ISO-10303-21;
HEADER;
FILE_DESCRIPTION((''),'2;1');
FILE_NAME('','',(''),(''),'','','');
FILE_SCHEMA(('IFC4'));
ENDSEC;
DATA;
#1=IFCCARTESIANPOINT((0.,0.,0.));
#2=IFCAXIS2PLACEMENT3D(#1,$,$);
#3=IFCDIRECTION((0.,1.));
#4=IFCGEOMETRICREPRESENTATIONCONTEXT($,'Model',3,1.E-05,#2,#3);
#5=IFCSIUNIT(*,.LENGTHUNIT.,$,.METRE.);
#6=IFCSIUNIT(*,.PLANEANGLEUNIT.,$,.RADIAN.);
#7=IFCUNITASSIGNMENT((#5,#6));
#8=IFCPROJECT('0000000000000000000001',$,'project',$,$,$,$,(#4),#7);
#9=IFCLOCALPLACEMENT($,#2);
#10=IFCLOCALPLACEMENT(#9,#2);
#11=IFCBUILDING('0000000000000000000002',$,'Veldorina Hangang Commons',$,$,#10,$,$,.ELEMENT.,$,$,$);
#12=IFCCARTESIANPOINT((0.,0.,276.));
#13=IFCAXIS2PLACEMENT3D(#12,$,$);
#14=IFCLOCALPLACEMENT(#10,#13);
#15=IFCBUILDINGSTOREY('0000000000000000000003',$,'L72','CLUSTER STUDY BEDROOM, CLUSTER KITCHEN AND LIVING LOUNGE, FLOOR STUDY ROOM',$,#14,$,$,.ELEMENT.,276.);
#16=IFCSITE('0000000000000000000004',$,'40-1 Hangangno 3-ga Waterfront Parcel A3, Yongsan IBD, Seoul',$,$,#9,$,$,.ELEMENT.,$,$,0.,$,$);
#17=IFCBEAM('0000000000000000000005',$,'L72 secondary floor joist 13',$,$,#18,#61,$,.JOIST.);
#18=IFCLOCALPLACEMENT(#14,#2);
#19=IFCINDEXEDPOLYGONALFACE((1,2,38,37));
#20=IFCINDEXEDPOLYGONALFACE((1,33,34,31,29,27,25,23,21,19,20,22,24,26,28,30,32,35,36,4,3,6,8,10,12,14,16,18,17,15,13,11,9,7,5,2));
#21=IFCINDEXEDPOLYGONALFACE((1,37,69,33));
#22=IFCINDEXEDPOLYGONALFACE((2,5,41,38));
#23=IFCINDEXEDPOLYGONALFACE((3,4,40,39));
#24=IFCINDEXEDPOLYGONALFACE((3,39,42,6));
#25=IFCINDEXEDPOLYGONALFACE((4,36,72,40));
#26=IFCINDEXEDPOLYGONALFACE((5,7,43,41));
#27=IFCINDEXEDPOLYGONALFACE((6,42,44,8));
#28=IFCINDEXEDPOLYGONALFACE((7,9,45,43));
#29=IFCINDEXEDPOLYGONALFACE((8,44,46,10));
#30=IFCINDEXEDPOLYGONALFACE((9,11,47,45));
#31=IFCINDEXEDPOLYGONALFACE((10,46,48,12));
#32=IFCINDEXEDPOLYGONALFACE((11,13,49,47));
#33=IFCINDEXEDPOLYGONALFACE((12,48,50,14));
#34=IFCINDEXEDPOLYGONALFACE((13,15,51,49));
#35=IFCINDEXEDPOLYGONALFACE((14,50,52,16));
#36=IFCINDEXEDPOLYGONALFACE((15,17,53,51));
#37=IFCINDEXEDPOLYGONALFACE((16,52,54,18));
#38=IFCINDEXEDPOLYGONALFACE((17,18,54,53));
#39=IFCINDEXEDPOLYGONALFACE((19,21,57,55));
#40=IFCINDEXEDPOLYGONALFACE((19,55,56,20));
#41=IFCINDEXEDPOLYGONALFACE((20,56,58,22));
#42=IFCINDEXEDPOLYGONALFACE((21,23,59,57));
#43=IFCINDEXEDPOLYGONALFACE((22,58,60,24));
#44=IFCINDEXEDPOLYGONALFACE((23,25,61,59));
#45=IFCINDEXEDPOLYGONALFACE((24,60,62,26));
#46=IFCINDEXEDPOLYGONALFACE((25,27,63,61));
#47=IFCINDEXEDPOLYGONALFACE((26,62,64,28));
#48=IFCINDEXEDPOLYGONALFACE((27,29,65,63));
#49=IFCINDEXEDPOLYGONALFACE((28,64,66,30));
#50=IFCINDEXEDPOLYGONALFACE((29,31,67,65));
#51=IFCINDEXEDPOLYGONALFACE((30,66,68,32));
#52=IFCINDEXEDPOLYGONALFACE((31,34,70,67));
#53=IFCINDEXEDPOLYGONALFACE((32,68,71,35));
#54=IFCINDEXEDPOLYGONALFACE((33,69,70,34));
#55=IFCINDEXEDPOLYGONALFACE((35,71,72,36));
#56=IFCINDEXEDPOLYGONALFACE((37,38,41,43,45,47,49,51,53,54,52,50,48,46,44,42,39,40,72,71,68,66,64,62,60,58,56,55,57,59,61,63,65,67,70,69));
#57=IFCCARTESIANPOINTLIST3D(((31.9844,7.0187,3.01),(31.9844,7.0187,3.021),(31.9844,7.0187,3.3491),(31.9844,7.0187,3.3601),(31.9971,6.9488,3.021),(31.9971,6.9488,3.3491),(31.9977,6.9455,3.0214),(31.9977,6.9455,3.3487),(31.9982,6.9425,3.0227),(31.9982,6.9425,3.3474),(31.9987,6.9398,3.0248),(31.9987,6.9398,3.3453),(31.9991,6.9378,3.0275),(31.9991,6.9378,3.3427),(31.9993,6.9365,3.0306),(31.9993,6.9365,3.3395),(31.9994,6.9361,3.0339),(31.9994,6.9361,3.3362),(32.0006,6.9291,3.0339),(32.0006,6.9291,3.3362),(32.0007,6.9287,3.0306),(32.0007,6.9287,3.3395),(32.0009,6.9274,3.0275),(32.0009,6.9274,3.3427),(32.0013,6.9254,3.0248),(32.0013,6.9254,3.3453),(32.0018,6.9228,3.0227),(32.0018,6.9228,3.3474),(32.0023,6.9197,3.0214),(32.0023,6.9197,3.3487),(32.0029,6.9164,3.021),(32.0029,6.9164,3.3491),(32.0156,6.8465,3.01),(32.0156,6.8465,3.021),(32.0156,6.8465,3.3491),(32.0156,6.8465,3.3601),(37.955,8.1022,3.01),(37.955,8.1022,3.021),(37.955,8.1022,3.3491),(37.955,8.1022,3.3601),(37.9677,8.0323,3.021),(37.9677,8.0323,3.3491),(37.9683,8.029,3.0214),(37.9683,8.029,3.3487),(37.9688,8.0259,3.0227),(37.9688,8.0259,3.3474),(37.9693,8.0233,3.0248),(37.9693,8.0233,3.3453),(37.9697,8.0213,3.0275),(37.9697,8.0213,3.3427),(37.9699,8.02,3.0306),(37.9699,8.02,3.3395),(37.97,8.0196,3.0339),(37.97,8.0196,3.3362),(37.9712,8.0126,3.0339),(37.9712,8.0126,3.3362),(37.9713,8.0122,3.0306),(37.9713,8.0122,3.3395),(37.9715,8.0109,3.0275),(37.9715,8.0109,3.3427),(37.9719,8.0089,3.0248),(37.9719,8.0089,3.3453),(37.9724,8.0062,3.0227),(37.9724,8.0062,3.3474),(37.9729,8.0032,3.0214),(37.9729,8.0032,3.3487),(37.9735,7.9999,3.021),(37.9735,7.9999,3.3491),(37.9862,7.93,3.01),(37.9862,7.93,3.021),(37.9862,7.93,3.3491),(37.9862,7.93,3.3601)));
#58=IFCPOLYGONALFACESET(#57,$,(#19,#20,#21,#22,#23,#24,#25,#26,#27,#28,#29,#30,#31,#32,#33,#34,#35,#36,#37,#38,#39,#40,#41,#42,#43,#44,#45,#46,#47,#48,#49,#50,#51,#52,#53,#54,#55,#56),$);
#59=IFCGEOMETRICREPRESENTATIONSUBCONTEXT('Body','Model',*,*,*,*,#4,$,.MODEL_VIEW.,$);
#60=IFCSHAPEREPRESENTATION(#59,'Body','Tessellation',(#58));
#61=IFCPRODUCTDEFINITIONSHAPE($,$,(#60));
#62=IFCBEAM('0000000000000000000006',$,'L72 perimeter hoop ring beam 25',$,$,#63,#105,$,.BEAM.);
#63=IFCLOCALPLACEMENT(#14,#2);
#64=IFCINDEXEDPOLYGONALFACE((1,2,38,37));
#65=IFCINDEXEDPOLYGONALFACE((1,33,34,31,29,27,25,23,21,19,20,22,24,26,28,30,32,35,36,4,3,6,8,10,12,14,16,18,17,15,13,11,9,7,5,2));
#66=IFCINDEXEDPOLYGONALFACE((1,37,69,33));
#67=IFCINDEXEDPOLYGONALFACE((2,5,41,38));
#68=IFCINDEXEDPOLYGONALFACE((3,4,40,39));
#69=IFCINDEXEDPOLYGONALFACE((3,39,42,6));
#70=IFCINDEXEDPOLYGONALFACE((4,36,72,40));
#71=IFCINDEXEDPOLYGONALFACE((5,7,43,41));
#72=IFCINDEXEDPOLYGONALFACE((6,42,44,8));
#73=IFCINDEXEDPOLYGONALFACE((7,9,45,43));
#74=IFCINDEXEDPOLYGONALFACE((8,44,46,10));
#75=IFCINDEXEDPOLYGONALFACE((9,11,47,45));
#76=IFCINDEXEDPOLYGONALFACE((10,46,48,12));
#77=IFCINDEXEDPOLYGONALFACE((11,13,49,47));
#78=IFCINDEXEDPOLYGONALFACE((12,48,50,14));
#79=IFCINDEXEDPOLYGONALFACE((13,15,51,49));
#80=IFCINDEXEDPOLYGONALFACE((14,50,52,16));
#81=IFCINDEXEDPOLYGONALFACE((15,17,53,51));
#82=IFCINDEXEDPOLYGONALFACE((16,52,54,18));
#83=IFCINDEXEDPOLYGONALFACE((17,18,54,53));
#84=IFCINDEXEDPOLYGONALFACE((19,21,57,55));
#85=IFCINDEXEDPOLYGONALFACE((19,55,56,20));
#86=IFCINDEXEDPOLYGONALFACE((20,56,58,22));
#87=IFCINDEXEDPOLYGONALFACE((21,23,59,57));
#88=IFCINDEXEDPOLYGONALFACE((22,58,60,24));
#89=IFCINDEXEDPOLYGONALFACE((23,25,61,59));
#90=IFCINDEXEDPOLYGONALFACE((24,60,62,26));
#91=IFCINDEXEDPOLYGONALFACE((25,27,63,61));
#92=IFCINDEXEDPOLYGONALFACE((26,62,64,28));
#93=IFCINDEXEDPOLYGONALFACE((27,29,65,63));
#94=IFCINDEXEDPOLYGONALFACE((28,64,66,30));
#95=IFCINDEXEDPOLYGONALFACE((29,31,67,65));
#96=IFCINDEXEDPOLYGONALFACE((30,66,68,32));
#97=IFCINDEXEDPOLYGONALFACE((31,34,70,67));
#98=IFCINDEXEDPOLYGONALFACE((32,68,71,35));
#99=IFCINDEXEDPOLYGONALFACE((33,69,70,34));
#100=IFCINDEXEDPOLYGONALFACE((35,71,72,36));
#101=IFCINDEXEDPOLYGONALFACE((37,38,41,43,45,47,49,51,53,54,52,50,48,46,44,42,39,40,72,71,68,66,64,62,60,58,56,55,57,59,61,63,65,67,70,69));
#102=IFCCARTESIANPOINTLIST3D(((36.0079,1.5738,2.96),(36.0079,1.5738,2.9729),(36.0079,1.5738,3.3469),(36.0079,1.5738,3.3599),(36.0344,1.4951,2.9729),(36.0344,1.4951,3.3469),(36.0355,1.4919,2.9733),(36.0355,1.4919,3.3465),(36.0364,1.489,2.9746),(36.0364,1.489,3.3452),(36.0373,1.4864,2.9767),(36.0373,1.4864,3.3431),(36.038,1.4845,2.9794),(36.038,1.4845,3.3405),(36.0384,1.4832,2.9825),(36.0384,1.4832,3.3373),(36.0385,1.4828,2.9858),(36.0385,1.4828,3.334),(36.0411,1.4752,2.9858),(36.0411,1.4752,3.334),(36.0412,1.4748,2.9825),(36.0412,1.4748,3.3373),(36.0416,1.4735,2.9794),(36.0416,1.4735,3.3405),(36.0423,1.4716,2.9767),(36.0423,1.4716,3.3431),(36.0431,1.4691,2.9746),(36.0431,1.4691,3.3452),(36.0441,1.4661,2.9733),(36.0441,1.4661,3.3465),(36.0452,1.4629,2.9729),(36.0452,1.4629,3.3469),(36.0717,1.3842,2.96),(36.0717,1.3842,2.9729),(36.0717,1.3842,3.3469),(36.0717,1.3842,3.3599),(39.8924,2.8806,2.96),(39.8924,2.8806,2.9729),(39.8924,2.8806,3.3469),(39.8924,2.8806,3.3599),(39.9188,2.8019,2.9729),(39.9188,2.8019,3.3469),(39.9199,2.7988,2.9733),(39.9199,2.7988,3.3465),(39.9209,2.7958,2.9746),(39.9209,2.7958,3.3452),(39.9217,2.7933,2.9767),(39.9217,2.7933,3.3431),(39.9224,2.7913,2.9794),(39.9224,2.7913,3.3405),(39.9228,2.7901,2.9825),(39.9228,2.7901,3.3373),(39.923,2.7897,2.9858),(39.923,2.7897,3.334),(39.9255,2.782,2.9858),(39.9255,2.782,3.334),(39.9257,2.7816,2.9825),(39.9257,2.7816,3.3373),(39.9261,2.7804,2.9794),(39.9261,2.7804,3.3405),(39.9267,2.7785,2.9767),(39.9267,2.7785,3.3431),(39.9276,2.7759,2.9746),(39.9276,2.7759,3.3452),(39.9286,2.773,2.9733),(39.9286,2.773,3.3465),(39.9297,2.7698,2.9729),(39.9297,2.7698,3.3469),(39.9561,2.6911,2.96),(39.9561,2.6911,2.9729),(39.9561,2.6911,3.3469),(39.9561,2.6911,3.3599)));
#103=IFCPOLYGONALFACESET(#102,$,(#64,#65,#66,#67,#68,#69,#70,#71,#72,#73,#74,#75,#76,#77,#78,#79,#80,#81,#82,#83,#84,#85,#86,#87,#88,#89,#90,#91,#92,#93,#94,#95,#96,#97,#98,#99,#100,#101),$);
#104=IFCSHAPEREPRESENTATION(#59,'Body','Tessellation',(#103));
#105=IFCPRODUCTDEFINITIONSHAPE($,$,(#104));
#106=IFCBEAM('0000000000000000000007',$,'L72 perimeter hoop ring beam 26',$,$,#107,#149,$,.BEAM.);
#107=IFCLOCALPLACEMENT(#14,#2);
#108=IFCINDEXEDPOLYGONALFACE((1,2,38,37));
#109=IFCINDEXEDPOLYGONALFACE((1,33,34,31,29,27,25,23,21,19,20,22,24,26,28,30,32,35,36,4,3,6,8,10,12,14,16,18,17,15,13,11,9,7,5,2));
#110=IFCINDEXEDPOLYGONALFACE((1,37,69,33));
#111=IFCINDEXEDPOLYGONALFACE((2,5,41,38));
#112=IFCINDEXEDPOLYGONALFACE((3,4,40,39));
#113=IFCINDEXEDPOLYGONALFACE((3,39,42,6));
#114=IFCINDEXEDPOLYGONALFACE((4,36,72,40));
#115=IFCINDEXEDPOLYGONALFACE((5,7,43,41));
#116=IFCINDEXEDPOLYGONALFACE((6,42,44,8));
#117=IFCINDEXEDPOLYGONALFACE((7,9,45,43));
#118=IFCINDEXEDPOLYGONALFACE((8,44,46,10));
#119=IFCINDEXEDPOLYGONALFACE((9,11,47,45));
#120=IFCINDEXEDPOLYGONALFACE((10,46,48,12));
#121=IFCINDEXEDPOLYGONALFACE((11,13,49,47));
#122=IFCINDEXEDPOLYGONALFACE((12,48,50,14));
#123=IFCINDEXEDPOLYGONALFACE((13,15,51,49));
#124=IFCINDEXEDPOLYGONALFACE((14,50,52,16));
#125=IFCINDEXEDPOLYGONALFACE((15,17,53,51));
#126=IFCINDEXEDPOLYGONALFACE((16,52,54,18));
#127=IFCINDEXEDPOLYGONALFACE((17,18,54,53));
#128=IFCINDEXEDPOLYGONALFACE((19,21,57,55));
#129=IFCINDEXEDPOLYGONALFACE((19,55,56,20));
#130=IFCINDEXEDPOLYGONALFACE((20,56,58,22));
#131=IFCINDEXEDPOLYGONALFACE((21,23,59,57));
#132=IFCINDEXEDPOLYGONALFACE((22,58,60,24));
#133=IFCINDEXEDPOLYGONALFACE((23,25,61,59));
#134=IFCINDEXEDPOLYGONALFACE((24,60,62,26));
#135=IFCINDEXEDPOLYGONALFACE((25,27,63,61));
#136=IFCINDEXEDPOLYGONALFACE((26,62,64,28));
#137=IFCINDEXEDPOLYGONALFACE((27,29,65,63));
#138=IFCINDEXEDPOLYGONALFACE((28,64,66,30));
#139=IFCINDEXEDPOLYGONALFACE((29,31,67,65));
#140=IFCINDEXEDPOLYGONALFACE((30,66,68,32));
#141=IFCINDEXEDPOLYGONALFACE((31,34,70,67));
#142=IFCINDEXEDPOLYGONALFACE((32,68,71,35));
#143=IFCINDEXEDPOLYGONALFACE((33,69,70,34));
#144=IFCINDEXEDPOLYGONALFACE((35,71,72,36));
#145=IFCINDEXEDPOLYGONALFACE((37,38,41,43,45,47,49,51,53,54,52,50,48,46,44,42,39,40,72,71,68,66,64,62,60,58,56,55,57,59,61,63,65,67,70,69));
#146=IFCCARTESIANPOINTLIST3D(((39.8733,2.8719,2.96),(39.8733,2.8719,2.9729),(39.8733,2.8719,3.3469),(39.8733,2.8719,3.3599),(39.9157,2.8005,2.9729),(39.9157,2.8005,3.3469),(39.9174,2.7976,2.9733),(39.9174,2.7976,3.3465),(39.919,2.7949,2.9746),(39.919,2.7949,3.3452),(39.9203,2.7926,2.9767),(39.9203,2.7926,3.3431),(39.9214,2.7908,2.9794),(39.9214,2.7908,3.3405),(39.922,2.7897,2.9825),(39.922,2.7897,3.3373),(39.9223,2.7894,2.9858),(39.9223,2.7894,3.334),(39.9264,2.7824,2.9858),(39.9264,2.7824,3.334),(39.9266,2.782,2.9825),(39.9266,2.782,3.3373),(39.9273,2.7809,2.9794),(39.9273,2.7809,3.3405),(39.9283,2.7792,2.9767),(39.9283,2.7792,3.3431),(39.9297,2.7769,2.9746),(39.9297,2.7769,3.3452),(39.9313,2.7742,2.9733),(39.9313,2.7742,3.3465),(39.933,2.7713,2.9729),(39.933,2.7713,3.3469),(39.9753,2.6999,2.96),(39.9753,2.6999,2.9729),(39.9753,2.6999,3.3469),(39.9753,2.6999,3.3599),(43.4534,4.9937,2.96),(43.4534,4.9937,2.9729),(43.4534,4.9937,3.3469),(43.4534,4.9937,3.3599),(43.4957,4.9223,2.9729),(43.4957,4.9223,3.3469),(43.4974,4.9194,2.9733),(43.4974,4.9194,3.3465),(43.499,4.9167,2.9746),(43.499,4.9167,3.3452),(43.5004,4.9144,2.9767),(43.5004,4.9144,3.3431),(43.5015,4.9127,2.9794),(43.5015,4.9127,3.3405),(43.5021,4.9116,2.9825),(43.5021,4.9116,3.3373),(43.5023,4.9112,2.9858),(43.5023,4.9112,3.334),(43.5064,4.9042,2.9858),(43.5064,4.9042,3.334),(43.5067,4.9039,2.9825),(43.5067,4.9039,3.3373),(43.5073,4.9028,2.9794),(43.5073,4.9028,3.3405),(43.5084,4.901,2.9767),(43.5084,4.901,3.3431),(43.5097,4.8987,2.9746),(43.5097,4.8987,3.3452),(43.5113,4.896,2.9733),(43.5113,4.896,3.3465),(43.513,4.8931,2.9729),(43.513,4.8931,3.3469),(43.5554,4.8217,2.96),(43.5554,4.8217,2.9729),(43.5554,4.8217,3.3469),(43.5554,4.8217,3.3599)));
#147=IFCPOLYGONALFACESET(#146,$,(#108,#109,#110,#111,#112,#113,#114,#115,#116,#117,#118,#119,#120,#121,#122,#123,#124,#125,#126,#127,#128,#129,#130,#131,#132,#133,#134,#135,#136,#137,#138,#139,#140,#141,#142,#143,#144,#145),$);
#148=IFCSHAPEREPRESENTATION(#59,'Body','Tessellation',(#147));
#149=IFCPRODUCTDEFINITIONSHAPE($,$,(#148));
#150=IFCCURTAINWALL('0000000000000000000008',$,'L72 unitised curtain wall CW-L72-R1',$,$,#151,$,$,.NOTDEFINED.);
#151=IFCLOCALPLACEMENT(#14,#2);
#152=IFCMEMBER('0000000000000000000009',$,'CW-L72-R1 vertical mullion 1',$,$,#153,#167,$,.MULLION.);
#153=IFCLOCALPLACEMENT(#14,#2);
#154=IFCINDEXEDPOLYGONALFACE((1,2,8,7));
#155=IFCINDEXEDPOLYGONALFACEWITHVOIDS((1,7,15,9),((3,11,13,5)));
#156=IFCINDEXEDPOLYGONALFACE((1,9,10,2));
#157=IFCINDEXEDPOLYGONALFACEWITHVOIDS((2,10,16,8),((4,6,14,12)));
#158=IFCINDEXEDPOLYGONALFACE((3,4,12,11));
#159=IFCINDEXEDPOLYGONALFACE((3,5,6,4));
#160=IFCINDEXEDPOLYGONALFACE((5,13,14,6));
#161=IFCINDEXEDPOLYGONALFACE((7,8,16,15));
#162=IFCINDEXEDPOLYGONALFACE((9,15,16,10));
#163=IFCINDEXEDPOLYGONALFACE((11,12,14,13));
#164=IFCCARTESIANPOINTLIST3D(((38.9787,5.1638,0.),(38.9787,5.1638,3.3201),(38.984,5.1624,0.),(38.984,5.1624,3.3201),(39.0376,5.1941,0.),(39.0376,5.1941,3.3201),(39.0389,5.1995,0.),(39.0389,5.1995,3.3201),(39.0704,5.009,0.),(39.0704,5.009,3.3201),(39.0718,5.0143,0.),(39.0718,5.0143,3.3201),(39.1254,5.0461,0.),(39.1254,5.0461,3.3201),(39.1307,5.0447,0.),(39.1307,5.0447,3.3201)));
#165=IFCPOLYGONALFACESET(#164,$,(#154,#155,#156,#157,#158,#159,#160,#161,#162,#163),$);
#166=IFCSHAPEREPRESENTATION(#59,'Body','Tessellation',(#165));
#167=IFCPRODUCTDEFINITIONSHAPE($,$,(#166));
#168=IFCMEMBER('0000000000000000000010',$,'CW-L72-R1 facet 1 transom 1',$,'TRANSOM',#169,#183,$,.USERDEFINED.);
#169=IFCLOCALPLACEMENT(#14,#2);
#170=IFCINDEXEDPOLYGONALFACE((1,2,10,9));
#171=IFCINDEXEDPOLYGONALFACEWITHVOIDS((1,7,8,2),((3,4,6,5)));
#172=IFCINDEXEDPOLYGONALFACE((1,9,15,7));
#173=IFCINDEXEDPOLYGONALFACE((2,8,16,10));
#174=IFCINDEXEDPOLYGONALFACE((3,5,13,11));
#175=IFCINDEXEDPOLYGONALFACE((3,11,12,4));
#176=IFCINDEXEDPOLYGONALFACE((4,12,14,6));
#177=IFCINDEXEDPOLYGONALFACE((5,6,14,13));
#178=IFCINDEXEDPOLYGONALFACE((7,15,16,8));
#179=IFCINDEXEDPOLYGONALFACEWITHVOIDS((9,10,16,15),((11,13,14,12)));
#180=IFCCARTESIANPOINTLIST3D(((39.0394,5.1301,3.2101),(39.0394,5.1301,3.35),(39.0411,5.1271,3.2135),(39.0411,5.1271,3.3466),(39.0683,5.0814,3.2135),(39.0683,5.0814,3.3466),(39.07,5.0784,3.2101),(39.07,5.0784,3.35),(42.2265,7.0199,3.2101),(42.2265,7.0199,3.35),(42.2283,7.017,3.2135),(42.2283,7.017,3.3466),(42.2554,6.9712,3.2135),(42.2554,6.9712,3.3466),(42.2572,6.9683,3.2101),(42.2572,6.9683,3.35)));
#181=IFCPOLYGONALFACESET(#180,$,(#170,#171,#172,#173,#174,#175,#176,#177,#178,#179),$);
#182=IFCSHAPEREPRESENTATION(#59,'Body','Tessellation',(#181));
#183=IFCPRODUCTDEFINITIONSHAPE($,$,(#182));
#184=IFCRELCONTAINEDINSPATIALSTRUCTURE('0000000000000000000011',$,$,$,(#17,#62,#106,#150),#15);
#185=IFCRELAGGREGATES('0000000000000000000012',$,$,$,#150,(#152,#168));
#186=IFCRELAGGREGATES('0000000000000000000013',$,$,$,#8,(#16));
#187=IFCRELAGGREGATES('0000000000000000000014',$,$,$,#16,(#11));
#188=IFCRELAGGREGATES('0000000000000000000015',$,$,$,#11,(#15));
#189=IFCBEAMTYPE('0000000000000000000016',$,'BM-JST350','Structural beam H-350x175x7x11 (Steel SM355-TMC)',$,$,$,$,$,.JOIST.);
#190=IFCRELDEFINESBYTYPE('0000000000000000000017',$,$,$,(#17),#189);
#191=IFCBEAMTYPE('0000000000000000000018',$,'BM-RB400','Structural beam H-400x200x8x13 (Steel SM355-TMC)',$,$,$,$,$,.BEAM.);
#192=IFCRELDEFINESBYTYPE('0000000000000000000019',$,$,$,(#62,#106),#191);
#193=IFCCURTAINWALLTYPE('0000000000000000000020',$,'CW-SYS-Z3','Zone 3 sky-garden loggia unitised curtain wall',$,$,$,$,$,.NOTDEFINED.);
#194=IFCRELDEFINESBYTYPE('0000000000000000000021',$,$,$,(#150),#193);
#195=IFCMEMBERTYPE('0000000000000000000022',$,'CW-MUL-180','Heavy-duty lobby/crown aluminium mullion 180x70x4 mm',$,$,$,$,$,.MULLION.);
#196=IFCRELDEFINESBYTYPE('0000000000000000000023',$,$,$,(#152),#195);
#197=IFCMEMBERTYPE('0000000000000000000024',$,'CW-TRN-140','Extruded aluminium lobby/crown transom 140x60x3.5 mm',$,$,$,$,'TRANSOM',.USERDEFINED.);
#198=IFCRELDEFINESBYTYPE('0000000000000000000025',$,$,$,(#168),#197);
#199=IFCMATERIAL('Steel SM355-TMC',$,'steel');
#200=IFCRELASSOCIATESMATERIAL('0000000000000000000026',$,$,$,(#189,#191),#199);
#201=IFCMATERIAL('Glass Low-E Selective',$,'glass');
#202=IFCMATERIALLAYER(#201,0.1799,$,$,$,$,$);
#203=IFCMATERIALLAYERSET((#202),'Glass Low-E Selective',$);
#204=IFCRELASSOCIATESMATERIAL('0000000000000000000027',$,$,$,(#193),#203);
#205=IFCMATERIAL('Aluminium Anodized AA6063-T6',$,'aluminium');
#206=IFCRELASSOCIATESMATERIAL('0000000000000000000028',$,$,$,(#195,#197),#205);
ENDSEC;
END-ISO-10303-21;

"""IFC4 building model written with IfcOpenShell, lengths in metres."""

from ifc_helpers import new_model, si_unit, direction, frame, origin, origin_2d, place, context, subcontext, project, spatial, hollow_rectangle, i_section, extrude, material, layer, layer_set, material_profile, profile_set, type_object, element, aggregate, save


model = new_model("IFC4")

# Units and contexts
model_context = context("Model", 3, precision=1e-05, world=origin(), true_north=direction((0.0, 1.0)))
body_context = subcontext(model_context, "Body", "Model", "MODEL_VIEW")
ifc_project = project(units=[si_unit("LENGTHUNIT", "METRE"), si_unit("PLANEANGLEUNIT", "RADIAN")], contexts=[model_context])

# Site, building, storey
site_placement = place(None, origin())
site = spatial("IfcSite", under=ifc_project, at=site_placement, Name="40-1 Hangangno 3-ga Waterfront Parcel A3, Yongsan IBD, Seoul", CompositionType="ELEMENT", RefElevation=0.0)
building_placement = place(site_placement, origin())
building = spatial("IfcBuilding", under=site, at=building_placement, Name="Veldorina Hangang Commons", CompositionType="ELEMENT")
storey_placement = place(building_placement, frame((0.0, 0.0, 276.0)))
storey = spatial("IfcBuildingStorey", under=building, at=storey_placement, Name="L72", Description="CLUSTER STUDY BEDROOM, CLUSTER KITCHEN AND LIVING LOUNGE, FLOOR STUDY ROOM", CompositionType="ELEMENT", Elevation=276.0)

# Beams
ifc_material_1 = material(Name="Steel SM355-TMC", Category="steel")
ifc_material_profile_1 = material_profile(ifc_material_1, i_section(OverallWidth=0.175, OverallDepth=0.3501, WebThickness=0.0071, FlangeThickness=0.011, FilletRadius=0.0129, at=origin_2d()), Name="H-350x175x7x11")
ifc_profile_set_1 = profile_set([ifc_material_profile_1], Name="Steel SM355-TMC")
beam_type_1 = type_object("IfcBeamType", Name="BM-JST350", Description="Structural beam H-350x175x7x11 (Steel SM355-TMC)", PredefinedType="JOIST", material=ifc_profile_set_1)
beam_1_placement = place(storey_placement, frame((32.0, 6.9326, 3.1851), z_axis=(0.98393, 0.178553, 0.0), x_axis=(-0.178553, 0.98393, 0.0)))
element("IfcBeam", 1, at=beam_1_placement, inside=storey, type_object=beam_type_1, Name="L72 secondary floor joist 13", PredefinedType="JOIST", context=body_context, shape_type="SweptSolid", body=[
    extrude(i_section(OverallWidth=0.175, OverallDepth=0.3501, WebThickness=0.0071, FlangeThickness=0.011, FilletRadius=0.0129, at=origin_2d()), origin(), (0.0, 0.0, 1.0), 6.0681),
])
ifc_material_profile_2 = material_profile(ifc_material_1, i_section(OverallWidth=0.2, OverallDepth=0.3999, WebThickness=0.0081, FlangeThickness=0.0129, FilletRadius=0.0129, at=origin_2d()), Name="H-400x200x8x13")
ifc_profile_set_2 = profile_set([ifc_material_profile_2], Name="Steel SM355-TMC")
beam_type_2 = type_object("IfcBeamType", Name="BM-RB400", Description="Structural beam H-400x200x8x13 (Steel SM355-TMC)", PredefinedType="BEAM", material=ifc_profile_set_2)
beam_2_placement = place(storey_placement, frame((36.0398, 1.479, 3.1599), z_axis=(0.947798, 0.318871, 0.0), x_axis=(-0.318871, 0.947798, 0.0)))
element("IfcBeam", 2, at=beam_2_placement, inside=storey, type_object=beam_type_2, Name="L72 perimeter hoop ring beam 25", PredefinedType="BEAM", context=body_context, shape_type="SweptSolid", body=[
    extrude(i_section(OverallWidth=0.2, OverallDepth=0.3999, WebThickness=0.0081, FlangeThickness=0.0129, FilletRadius=0.0129, at=origin_2d()), origin(), (0.0, 0.0, 1.0), 4.0984),
])
beam_3_placement = place(storey_placement, frame((39.9243, 2.7859, 3.1599), z_axis=(0.86026, 0.509855, 0.0), x_axis=(-0.509855, 0.86026, 0.0)))
element("IfcBeam", 3, at=beam_3_placement, inside=storey, type_object=beam_type_2, Name="L72 perimeter hoop ring beam 26", PredefinedType="BEAM", context=body_context, shape_type="SweptSolid", body=[
    extrude(i_section(OverallWidth=0.2, OverallDepth=0.3999, WebThickness=0.0081, FlangeThickness=0.0129, FilletRadius=0.0129, at=origin_2d()), origin(), (0.0, 0.0, 1.0), 4.1616),
])

# Curtain wall, members
ifc_material_2 = material(Name="Glass Low-E Selective", Category="glass")
ifc_layer_1 = layer(ifc_material_2, 0.1799)
ifc_layer_set_1 = layer_set([ifc_layer_1], Name="Glass Low-E Selective")
curtain_wall_type = type_object("IfcCurtainWallType", Name="CW-SYS-Z3", Description="Zone 3 sky-garden loggia unitised curtain wall", PredefinedType="NOTDEFINED", material=ifc_layer_set_1)
curtain_wall_placement = place(storey_placement, origin())
curtain_wall = element("IfcCurtainWall", 4, at=curtain_wall_placement, inside=storey, type_object=curtain_wall_type, Name="L72 unitised curtain wall CW-L72-R1", PredefinedType="NOTDEFINED")
ifc_material_3 = material(Name="Aluminium Anodized AA6063-T6", Category="aluminium")
ifc_material_profile_3 = material_profile(ifc_material_3, hollow_rectangle(XDim=0.0701, YDim=0.1799, WallThickness=0.0039, at=origin_2d()), Name="ALU-RHS-180x70x4")
ifc_profile_set_3 = profile_set([ifc_material_profile_3], Name="Aluminium Anodized AA6063-T6")
member_type_1 = type_object("IfcMemberType", Name="CW-MUL-180", Description="Heavy-duty lobby/crown aluminium mullion 180x70x4 mm", PredefinedType="MULLION", material=ifc_profile_set_3)
member_1_placement = place(storey_placement, frame((39.0547, 5.1042, 0.0), z_axis=(0.0, 0.0, 1.0), x_axis=(0.860137, 0.510063, 0.0)))
member_1 = element("IfcMember", 5, at=member_1_placement, type_object=member_type_1, Name="CW-L72-R1 vertical mullion 1", PredefinedType="MULLION", context=body_context, shape_type="SweptSolid", body=[
    extrude(hollow_rectangle(XDim=0.0701, YDim=0.1799, WallThickness=0.0039, at=origin_2d()), origin(), (0.0, 0.0, 1.0), 3.3201),
])
ifc_material_profile_4 = material_profile(ifc_material_3, hollow_rectangle(XDim=0.0601, YDim=0.1399, WallThickness=0.0034, at=origin_2d()), Name="ALU-RHS-140x60x3.5")
ifc_profile_set_4 = profile_set([ifc_material_profile_4], Name="Aluminium Anodized AA6063-T6")
member_type_2 = type_object("IfcMemberType", Name="CW-TRN-140", Description="Extruded aluminium lobby/crown transom 140x60x3.5 mm", ElementType="TRANSOM", PredefinedType="USERDEFINED", material=ifc_profile_set_4)
member_2_placement = place(storey_placement, frame((39.0547, 5.1042, 3.28), z_axis=(0.860156, 0.510032, 0.0), x_axis=(-0.510032, 0.860156, 0.0)))
member_2 = element("IfcMember", 6, at=member_2_placement, type_object=member_type_2, Name="CW-L72-R1 facet 1 transom 1", ObjectType="TRANSOM", PredefinedType="USERDEFINED", context=body_context, shape_type="SweptSolid", body=[
    extrude(hollow_rectangle(XDim=0.0601, YDim=0.1399, WallThickness=0.0034, at=origin_2d()), origin(), (0.0, 0.0, 1.0), 3.7053),
])

aggregate(curtain_wall, [member_1, member_2])

save(model, "model.ifc")
